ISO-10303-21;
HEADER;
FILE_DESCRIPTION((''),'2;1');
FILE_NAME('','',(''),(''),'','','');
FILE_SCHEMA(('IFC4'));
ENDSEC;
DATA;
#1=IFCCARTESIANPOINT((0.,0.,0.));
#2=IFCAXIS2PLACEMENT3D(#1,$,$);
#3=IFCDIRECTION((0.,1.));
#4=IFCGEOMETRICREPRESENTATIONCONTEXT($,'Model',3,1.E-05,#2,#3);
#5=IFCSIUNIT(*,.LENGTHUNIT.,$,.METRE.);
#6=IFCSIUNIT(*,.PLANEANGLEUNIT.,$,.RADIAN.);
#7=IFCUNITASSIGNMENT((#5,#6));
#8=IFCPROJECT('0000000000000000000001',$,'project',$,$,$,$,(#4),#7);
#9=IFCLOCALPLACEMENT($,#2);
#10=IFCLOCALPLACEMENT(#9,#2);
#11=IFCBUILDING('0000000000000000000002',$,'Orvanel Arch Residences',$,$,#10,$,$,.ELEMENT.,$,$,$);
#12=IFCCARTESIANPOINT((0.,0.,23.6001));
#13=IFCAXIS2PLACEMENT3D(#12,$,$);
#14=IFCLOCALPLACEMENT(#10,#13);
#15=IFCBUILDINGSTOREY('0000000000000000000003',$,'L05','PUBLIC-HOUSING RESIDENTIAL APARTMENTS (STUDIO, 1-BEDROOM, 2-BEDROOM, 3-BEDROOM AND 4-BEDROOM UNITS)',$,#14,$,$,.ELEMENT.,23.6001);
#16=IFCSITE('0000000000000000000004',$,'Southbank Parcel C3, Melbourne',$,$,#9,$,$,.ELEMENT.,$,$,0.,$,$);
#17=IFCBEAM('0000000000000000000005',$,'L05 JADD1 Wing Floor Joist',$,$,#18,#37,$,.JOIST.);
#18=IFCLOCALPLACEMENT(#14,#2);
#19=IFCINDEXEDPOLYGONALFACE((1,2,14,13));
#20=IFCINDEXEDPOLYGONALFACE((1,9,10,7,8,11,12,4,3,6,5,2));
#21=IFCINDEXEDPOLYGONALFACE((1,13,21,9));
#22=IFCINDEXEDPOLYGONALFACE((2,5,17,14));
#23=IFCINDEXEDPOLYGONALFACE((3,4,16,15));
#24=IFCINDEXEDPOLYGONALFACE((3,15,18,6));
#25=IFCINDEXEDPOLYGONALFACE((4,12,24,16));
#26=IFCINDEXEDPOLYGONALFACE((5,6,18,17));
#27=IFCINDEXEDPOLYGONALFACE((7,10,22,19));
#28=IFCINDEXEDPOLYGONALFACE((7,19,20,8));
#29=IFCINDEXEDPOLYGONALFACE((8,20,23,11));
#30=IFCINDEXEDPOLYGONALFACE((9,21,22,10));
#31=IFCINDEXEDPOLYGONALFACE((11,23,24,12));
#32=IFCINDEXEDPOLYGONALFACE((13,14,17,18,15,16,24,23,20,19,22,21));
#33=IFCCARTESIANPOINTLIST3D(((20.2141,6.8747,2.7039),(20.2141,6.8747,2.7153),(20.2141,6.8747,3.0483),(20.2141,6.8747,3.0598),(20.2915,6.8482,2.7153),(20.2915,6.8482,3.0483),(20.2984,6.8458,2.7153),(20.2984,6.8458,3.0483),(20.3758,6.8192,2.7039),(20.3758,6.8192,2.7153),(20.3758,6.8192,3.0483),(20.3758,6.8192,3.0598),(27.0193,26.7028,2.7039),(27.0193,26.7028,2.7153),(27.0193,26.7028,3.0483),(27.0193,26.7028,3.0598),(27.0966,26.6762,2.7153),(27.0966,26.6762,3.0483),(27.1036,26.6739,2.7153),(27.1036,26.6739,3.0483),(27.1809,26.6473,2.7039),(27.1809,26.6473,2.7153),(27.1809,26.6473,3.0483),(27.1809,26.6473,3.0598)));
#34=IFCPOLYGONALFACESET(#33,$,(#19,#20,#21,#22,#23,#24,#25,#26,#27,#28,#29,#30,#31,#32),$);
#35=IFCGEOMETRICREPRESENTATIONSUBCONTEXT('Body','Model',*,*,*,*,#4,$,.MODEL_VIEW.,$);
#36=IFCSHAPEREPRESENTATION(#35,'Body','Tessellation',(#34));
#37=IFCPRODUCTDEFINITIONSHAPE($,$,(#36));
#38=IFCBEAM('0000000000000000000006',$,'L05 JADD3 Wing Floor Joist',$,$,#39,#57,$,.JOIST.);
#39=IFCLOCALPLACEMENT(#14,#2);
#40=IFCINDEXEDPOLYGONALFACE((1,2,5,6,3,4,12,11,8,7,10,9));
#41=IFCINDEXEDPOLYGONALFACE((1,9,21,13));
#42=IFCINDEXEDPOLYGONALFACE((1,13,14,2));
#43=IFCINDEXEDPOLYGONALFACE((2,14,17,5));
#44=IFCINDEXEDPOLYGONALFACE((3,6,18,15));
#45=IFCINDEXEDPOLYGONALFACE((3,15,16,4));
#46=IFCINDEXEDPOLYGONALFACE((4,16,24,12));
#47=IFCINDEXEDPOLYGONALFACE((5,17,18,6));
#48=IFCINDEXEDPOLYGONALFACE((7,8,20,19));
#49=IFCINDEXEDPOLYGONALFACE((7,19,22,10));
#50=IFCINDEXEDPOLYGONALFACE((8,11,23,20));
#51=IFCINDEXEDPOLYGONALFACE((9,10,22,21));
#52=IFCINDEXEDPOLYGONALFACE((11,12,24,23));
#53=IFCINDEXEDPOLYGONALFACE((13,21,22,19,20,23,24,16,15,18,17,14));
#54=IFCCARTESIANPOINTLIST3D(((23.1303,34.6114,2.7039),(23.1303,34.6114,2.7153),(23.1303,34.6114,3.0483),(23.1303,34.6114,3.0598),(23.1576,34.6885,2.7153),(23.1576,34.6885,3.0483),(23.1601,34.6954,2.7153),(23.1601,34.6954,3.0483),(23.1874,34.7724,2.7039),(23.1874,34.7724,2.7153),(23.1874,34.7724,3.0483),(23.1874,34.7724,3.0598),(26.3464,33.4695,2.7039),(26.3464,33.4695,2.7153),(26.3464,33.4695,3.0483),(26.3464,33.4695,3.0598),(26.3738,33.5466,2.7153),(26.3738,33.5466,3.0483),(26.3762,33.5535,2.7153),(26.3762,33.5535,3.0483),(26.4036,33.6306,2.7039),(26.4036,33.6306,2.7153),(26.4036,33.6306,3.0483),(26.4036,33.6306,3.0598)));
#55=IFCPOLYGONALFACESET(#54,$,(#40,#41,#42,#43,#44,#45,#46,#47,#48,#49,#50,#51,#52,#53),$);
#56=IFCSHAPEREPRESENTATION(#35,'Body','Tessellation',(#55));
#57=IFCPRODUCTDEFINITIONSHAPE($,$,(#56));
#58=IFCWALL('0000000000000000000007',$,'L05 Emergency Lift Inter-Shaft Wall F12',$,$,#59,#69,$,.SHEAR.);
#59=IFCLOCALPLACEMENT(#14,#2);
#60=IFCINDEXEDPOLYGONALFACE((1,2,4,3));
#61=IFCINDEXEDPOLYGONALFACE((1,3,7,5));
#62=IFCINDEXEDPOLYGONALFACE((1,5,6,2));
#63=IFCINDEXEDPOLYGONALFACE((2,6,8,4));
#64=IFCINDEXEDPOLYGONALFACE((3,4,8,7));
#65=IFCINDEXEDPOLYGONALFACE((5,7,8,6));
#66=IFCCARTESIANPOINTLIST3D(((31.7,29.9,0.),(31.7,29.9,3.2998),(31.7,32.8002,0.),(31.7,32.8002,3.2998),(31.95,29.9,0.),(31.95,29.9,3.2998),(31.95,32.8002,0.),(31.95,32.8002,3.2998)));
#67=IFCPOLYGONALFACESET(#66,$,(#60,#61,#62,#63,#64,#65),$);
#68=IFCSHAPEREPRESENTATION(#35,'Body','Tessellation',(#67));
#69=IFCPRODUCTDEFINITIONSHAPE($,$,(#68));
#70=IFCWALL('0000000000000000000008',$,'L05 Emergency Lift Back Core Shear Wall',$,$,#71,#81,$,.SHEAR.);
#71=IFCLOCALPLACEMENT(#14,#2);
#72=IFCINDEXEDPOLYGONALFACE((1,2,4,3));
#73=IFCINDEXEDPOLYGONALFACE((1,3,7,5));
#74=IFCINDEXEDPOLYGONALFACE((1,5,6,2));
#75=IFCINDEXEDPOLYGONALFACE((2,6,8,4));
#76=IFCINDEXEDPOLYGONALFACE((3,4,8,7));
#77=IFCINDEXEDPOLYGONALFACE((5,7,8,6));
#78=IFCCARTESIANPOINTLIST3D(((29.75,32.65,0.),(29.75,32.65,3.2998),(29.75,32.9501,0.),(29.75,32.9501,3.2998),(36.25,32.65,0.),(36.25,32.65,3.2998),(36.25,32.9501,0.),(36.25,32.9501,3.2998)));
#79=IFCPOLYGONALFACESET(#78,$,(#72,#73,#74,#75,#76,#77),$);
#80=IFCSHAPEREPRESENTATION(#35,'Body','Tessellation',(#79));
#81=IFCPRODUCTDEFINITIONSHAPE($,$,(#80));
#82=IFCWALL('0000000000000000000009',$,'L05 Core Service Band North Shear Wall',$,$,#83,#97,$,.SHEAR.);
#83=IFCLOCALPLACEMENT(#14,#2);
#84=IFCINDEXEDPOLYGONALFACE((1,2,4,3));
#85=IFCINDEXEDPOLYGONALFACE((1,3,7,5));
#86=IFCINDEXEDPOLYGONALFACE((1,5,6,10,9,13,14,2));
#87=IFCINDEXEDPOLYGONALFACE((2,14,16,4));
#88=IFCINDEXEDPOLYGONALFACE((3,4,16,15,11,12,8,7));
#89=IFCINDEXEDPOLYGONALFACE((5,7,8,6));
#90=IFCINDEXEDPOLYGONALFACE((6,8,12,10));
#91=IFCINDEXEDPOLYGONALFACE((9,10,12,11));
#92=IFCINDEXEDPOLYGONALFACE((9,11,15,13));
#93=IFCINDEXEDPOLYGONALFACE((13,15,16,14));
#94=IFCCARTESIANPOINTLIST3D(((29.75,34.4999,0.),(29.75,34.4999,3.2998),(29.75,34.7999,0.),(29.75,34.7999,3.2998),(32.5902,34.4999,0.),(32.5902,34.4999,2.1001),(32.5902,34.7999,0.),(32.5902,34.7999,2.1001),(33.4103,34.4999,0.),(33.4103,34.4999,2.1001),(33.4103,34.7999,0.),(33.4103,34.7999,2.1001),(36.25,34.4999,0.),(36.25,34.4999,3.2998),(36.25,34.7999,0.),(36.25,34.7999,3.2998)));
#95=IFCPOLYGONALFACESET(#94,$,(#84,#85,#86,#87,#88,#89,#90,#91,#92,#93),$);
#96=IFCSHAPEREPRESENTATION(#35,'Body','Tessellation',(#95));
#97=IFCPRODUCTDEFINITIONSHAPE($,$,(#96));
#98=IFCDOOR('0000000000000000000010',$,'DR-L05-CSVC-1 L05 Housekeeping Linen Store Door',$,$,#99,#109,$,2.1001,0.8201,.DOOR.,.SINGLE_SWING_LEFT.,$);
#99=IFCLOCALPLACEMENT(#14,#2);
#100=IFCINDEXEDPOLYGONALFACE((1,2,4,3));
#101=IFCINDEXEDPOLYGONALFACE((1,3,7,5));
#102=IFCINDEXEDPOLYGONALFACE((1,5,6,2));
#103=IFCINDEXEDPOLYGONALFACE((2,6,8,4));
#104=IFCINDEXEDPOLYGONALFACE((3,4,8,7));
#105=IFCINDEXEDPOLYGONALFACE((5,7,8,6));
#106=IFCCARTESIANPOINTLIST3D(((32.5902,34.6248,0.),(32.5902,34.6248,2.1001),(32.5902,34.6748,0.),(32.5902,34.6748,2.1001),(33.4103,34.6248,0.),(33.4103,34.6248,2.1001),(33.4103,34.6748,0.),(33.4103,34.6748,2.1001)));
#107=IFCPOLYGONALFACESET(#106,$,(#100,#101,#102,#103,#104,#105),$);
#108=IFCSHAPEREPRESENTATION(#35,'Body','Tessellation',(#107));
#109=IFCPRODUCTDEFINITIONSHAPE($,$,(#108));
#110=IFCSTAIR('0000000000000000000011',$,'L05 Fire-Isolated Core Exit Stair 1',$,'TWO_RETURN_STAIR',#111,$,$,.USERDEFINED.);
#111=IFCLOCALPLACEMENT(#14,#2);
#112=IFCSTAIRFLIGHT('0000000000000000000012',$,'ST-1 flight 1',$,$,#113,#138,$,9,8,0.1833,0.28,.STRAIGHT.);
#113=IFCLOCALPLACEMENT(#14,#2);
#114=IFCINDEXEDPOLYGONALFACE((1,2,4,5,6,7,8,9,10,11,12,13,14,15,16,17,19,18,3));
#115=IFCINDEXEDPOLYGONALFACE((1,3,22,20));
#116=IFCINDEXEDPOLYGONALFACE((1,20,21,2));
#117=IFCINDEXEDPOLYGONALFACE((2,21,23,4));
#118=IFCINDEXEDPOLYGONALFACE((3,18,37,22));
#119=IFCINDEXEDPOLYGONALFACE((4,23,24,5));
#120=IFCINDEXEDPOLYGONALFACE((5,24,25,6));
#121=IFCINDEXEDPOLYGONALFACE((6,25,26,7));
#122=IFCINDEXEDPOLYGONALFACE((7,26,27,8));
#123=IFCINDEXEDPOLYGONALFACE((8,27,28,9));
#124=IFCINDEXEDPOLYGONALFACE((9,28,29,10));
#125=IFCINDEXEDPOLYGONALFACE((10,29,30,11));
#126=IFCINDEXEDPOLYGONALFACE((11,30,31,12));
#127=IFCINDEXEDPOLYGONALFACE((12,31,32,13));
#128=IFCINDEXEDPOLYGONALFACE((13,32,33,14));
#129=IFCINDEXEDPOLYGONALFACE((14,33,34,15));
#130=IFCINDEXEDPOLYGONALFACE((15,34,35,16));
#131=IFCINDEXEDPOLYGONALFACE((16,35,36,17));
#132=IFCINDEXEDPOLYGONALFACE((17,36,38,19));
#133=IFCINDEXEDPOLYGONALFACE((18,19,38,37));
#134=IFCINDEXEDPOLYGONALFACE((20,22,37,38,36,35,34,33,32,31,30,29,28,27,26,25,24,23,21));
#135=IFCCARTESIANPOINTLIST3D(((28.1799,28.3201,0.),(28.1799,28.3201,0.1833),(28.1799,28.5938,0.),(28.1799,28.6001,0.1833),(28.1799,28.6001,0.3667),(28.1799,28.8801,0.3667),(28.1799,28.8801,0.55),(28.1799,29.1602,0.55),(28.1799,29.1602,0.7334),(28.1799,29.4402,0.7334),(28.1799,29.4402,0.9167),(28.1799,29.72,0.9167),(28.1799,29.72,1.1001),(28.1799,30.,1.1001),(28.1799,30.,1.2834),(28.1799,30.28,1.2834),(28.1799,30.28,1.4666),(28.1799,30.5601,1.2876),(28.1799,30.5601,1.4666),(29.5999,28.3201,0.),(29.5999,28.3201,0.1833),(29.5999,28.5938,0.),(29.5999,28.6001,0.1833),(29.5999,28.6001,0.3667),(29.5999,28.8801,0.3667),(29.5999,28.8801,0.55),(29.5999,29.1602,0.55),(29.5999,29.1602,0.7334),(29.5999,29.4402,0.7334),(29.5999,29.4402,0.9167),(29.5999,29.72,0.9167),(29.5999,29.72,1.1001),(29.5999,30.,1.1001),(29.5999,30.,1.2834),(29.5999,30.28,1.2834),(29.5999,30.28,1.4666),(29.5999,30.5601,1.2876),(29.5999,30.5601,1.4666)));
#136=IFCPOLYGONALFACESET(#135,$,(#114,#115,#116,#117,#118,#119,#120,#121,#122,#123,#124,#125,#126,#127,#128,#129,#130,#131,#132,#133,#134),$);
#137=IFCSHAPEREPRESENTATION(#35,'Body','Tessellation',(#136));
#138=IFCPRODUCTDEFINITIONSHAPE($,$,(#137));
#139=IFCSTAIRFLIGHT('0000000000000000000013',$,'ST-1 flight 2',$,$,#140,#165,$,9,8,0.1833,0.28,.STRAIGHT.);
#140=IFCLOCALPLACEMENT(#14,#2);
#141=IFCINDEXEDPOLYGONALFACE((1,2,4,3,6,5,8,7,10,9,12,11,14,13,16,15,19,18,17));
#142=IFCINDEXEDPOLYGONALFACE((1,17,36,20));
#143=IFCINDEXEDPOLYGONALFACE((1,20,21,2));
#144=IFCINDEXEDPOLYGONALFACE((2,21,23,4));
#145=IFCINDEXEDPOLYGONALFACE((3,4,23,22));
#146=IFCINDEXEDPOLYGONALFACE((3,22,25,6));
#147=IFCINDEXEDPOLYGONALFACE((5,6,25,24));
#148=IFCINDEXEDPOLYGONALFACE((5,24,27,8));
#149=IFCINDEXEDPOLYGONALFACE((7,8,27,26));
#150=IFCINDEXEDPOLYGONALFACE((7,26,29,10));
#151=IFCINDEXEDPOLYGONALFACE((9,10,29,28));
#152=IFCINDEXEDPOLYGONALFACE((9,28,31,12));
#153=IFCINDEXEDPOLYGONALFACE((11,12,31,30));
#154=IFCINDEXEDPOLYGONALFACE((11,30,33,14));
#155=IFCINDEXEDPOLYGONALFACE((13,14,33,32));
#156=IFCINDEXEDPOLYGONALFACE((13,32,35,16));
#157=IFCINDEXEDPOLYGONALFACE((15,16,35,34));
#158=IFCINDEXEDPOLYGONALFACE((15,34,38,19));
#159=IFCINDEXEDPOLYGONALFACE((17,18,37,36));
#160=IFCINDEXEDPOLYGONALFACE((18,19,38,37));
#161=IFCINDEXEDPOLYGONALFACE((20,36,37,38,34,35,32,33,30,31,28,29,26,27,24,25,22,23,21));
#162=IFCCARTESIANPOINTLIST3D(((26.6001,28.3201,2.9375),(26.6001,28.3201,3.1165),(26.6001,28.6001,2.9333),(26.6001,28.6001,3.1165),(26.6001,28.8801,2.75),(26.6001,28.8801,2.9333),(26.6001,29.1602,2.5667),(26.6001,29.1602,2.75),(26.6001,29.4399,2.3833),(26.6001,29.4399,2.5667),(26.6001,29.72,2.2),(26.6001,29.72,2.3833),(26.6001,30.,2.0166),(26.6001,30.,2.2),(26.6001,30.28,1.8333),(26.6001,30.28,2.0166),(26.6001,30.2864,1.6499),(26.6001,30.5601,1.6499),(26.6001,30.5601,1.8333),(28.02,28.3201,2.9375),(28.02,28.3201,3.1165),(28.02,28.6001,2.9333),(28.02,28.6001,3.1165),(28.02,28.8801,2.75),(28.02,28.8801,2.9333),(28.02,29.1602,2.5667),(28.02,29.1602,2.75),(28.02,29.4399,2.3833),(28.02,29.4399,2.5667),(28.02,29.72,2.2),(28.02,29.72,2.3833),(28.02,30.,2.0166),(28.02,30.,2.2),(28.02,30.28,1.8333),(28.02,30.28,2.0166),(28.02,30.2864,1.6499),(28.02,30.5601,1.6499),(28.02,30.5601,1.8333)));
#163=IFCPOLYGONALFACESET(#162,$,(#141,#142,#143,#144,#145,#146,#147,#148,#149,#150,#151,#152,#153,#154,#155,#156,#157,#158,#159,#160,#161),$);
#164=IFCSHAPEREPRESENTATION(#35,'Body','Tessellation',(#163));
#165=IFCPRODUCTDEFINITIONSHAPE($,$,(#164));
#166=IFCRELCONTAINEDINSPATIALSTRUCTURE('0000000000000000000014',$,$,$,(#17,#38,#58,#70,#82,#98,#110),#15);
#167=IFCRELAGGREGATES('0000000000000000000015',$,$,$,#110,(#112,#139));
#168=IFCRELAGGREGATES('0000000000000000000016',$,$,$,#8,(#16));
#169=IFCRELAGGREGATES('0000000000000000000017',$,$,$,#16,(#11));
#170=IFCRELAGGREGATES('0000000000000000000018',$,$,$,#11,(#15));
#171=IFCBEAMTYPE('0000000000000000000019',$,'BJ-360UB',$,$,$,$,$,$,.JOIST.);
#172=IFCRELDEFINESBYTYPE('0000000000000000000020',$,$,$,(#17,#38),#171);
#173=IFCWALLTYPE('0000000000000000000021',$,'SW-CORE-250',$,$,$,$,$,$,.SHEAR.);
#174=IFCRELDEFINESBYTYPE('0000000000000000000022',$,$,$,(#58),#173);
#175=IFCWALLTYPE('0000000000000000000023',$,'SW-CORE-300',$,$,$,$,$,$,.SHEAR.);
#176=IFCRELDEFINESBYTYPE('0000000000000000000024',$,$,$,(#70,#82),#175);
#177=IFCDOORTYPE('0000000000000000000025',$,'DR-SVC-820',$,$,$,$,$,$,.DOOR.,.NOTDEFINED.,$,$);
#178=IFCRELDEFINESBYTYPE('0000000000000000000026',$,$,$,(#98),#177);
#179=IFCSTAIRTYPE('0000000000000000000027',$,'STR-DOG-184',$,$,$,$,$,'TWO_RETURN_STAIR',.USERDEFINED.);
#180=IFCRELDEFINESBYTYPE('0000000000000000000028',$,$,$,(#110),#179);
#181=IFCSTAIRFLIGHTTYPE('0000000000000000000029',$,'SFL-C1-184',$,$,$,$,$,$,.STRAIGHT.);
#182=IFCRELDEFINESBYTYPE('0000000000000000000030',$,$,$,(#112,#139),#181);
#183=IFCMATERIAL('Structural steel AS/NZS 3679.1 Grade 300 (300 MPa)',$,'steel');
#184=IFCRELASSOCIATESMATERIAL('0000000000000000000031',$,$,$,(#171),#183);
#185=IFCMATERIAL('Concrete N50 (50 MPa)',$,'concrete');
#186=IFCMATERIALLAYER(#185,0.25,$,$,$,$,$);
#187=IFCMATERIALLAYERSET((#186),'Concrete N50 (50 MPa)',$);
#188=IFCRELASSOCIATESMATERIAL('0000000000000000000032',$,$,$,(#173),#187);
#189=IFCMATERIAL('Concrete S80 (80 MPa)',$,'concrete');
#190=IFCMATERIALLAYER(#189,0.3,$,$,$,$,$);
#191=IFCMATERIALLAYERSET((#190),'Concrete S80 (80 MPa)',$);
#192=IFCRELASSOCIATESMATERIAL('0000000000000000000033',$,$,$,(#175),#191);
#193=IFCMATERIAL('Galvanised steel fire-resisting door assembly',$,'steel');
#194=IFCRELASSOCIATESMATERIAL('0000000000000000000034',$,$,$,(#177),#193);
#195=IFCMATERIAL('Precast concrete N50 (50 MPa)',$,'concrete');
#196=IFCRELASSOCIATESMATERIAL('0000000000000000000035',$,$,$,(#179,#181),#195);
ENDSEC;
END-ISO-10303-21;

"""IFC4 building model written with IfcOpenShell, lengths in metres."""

from ifc_helpers import new_model, si_unit, direction, frame, frame_2d, origin, origin_2d, place, context, subcontext, project, spatial, polyline, rectangle, i_section, outline, extrude, material, layer, layer_set, material_profile, profile_set, type_object, element, fill, aggregate, save


model = new_model("IFC4")

# Units and contexts
model_context = context("Model", 3, precision=1e-05, world=origin(), true_north=direction((0.0, 1.0)))
body_context = subcontext(model_context, "Body", "Model", "MODEL_VIEW")
ifc_project = project(units=[si_unit("LENGTHUNIT", "METRE"), si_unit("PLANEANGLEUNIT", "RADIAN")], contexts=[model_context])

# Site, building, storey
site_placement = place(None, origin())
site = spatial("IfcSite", under=ifc_project, at=site_placement, Name="Southbank Parcel C3, Melbourne", CompositionType="ELEMENT", RefElevation=0.0)
building_placement = place(site_placement, origin())
building = spatial("IfcBuilding", under=site, at=building_placement, Name="Orvanel Arch Residences", CompositionType="ELEMENT")
storey_placement = place(building_placement, frame((0.0, 0.0, 23.6001)))
storey = spatial("IfcBuildingStorey", under=building, at=storey_placement, Name="L05", Description="PUBLIC-HOUSING RESIDENTIAL APARTMENTS (STUDIO, 1-BEDROOM, 2-BEDROOM, 3-BEDROOM AND 4-BEDROOM UNITS)", CompositionType="ELEMENT", Elevation=23.6001)

# Beams
ifc_material_1 = material(Name="Structural steel AS/NZS 3679.1 Grade 300 (300 MPa)", Category="steel")
ifc_material_profile_1 = material_profile(ifc_material_1, i_section(OverallWidth=0.1709, OverallDepth=0.356, WebThickness=0.0073, FlangeThickness=0.0115, at=origin_2d()), Name="360UB50.7")
ifc_profile_set_1 = profile_set([ifc_material_profile_1], Name="Structural steel AS/NZS 3679.1 Grade 300 (300 MPa)")
beam_type_1 = type_object("IfcBeamType", Name="BJ-360UB", PredefinedType="JOIST", material=ifc_profile_set_1)
beam_1_placement = place(storey_placement, frame((27.1001, 26.675, 2.8818), z_axis=(-0.324621, -0.945844, 0.0), x_axis=(0.945844, -0.324621, 0.0)))
element("IfcBeam", 1, at=beam_1_placement, inside=storey, type_object=beam_type_1, Name="L05 JADD1 Wing Floor Joist", PredefinedType="JOIST", context=body_context, shape_type="SweptSolid", body=[
    extrude(i_section(OverallWidth=0.1709, OverallDepth=0.356, WebThickness=0.0073, FlangeThickness=0.0115, at=origin_2d()), origin(), (0.0, 0.0, 1.0), 20.9634),
])
beam_2_placement = place(storey_placement, frame((26.375, 33.55, 2.8818), z_axis=(-0.942367, 0.334582, 0.0), x_axis=(-0.334582, -0.942367, 0.0)))
element("IfcBeam", 2, at=beam_2_placement, inside=storey, type_object=beam_type_1, Name="L05 JADD3 Wing Floor Joist", PredefinedType="JOIST", context=body_context, shape_type="SweptSolid", body=[
    extrude(i_section(OverallWidth=0.1709, OverallDepth=0.356, WebThickness=0.0073, FlangeThickness=0.0115, at=origin_2d()), origin(), (0.0, 0.0, 1.0), 3.4128),
])

# Wall
ifc_material_2 = material(Name="Concrete N50 (50 MPa)", Category="concrete")
ifc_layer_1 = layer(ifc_material_2, 0.25)
ifc_layer_set_1 = layer_set([ifc_layer_1], Name="Concrete N50 (50 MPa)")
wall_type_1 = type_object("IfcWallType", Name="SW-CORE-250", PredefinedType="SHEAR", material=ifc_layer_set_1)
wall_1_placement = place(storey_placement, frame((31.825, 29.8999, 0.0), z_axis=(0.0, 0.0, 1.0), x_axis=(0.0, 1.0, 0.0)))
element("IfcWall", 3, at=wall_1_placement, inside=storey, type_object=wall_type_1, Name="L05 Emergency Lift Inter-Shaft Wall F12", PredefinedType="SHEAR", context=body_context, shape_type="SweptSolid", body=[
    extrude(rectangle(XDim=2.9001, YDim=0.25, at=frame_2d((1.4502, 0.0))), origin(), (0.0, 0.0, 1.0), 3.2998),
])

# Shared definitions
ifc_material_3 = material(Name="Concrete S80 (80 MPa)", Category="concrete")
ifc_layer_2 = layer(ifc_material_3, 0.3)
ifc_layer_set_2 = layer_set([ifc_layer_2], Name="Concrete S80 (80 MPa)")
wall_type_2 = type_object("IfcWallType", Name="SW-CORE-300", PredefinedType="SHEAR", material=ifc_layer_set_2)
ifc_material_4 = material(Name="Galvanised steel fire-resisting door assembly", Category="steel")

# Wall
wall_2_placement = place(storey_placement, frame((29.75, 32.8, 0.0), z_axis=(0.0, 0.0, 1.0), x_axis=(1.0, 0.0, 0.0)))
element("IfcWall", 4, at=wall_2_placement, inside=storey, type_object=wall_type_2, Name="L05 Emergency Lift Back Core Shear Wall", PredefinedType="SHEAR", context=body_context, shape_type="SweptSolid", body=[
    extrude(rectangle(XDim=6.5, YDim=0.3, at=frame_2d((3.25, 0.0))), origin(), (0.0, 0.0, 1.0), 3.2998),
])

# Wall, opening, door
wall_3_placement = place(storey_placement, frame((29.75, 34.6499, 0.0), z_axis=(0.0, 0.0, 1.0), x_axis=(1.0, 0.0, 0.0)))
wall_3 = element("IfcWall", 5, at=wall_3_placement, inside=storey, type_object=wall_type_2, Name="L05 Core Service Band North Shear Wall", PredefinedType="SHEAR", context=body_context, shape_type="SweptSolid", body=[
    extrude(rectangle(XDim=6.5, YDim=0.3, at=frame_2d((3.25, 0.0))), origin(), (0.0, 0.0, 1.0), 3.2998),
])
opening_1_placement = place(wall_3_placement, frame((2.8401, 0.0, 0.0)))
opening_1 = element("IfcOpeningElement", 6, at=opening_1_placement, cuts=wall_3, PredefinedType="OPENING", context=body_context, shape_type="SweptSolid", body=[
    extrude(rectangle(XDim=0.8201, YDim=2.1001, at=frame_2d((0.4102, 1.05))), frame((0.0, 0.1599, 0.0), z_axis=(0.0, -1.0, 0.0), x_axis=(1.0, 0.0, 0.0)), (0.0, 0.0, 1.0), 0.3201),
])
door_type_1 = type_object("IfcDoorType", Name="DR-SVC-820", OperationType="NOTDEFINED", PredefinedType="DOOR", material=ifc_material_4)
door_1_placement = place(opening_1_placement, origin())
door_1 = element("IfcDoor", 7, at=door_1_placement, inside=storey, type_object=door_type_1, Name="DR-L05-CSVC-1 L05 Housekeeping Linen Store Door", OperationType="SINGLE_SWING_LEFT", OverallHeight=2.1001, OverallWidth=0.8201, PredefinedType="DOOR", context=body_context, shape_type="SweptSolid", body=[
    extrude(rectangle(XDim=0.8201, YDim=2.1001, at=frame_2d((0.4102, 1.05))), frame((0.0, 0.0249, 0.0), z_axis=(0.0, -1.0, 0.0), x_axis=(1.0, 0.0, 0.0)), (0.0, 0.0, 1.0), 0.05),
])
fill(opening_1, door_1)

# Stair, stair flights
ifc_material_5 = material(Name="Precast concrete N50 (50 MPa)", Category="concrete")
stair_type = type_object("IfcStairType", Name="STR-DOG-184", ElementType="TWO_RETURN_STAIR", PredefinedType="USERDEFINED", material=ifc_material_5)
stair_placement = place(storey_placement, origin())
stair = element("IfcStair", 8, at=stair_placement, inside=storey, type_object=stair_type, Name="L05 Fire-Isolated Core Exit Stair 1", ObjectType="TWO_RETURN_STAIR", PredefinedType="USERDEFINED")
stair_flight_type = type_object("IfcStairFlightType", Name="SFL-C1-184", PredefinedType="STRAIGHT", material=ifc_material_5)
stair_flight_1_placement = place(storey_placement, frame((28.8899, 28.3201, 0.0), z_axis=(0.0, 0.0, 1.0), x_axis=(0.0, 1.0, 0.0)))
stair_flight_1 = element("IfcStairFlight", 9, at=stair_flight_1_placement, type_object=stair_flight_type, Name="ST-1 flight 1", NumberOfRisers=9, NumberOfTreads=8, PredefinedType="STRAIGHT", RiserHeight=0.1833, TreadLength=0.28, context=body_context, shape_type="SweptSolid", body=[
    extrude(outline(polyline([(0.0, 0.0), (0.0, 0.1833), (0.28, 0.1833), (0.28, 0.3667), (0.5601, 0.3667), (0.5601, 0.55), (0.8401, 0.55), (0.8401, 0.7334), (1.1201, 0.7334), (1.1201, 0.9167), (1.3999, 0.9167), (1.3999, 1.1001), (1.6799, 1.1001), (1.6799, 1.2834), (1.96, 1.2834), (1.96, 1.4666), (2.24, 1.4666), (2.24, 1.6499), (2.24, 1.2876), (0.2737, 0.0), (0.0, 0.0)])), frame((0.0, 0.71, 0.0), z_axis=(0.0, -1.0, 0.0), x_axis=(1.0, 0.0, 0.0)), (0.0, 0.0, 1.0), 1.4199),
])
stair_flight_2_placement = place(storey_placement, frame((27.3101, 30.5601, 1.6499), z_axis=(0.0, 0.0, 1.0), x_axis=(0.0, -1.0, 0.0)))
stair_flight_2 = element("IfcStairFlight", 10, at=stair_flight_2_placement, type_object=stair_flight_type, Name="ST-1 flight 2", NumberOfRisers=9, NumberOfTreads=8, PredefinedType="STRAIGHT", RiserHeight=0.1833, TreadLength=0.28, context=body_context, shape_type="SweptSolid", body=[
    extrude(outline(polyline([(0.0, 0.0), (0.0, 0.1833), (0.28, 0.1833), (0.28, 0.3667), (0.5601, 0.3667), (0.5601, 0.55), (0.8401, 0.55), (0.8401, 0.7334), (1.1201, 0.7334), (1.1201, 0.9167), (1.3999, 0.9167), (1.3999, 1.1001), (1.6799, 1.1001), (1.6799, 1.2834), (1.96, 1.2834), (1.96, 1.4666), (2.24, 1.4666), (2.24, 1.6499), (2.24, 1.2876), (0.2737, 0.0), (0.0, 0.0)])), frame((0.0, 0.71, 0.0), z_axis=(0.0, -1.0, 0.0), x_axis=(1.0, 0.0, 0.0)), (0.0, 0.0, 1.0), 1.4199),
])
aggregate(stair, [stair_flight_1, stair_flight_2])

save(model, "model.ifc")
